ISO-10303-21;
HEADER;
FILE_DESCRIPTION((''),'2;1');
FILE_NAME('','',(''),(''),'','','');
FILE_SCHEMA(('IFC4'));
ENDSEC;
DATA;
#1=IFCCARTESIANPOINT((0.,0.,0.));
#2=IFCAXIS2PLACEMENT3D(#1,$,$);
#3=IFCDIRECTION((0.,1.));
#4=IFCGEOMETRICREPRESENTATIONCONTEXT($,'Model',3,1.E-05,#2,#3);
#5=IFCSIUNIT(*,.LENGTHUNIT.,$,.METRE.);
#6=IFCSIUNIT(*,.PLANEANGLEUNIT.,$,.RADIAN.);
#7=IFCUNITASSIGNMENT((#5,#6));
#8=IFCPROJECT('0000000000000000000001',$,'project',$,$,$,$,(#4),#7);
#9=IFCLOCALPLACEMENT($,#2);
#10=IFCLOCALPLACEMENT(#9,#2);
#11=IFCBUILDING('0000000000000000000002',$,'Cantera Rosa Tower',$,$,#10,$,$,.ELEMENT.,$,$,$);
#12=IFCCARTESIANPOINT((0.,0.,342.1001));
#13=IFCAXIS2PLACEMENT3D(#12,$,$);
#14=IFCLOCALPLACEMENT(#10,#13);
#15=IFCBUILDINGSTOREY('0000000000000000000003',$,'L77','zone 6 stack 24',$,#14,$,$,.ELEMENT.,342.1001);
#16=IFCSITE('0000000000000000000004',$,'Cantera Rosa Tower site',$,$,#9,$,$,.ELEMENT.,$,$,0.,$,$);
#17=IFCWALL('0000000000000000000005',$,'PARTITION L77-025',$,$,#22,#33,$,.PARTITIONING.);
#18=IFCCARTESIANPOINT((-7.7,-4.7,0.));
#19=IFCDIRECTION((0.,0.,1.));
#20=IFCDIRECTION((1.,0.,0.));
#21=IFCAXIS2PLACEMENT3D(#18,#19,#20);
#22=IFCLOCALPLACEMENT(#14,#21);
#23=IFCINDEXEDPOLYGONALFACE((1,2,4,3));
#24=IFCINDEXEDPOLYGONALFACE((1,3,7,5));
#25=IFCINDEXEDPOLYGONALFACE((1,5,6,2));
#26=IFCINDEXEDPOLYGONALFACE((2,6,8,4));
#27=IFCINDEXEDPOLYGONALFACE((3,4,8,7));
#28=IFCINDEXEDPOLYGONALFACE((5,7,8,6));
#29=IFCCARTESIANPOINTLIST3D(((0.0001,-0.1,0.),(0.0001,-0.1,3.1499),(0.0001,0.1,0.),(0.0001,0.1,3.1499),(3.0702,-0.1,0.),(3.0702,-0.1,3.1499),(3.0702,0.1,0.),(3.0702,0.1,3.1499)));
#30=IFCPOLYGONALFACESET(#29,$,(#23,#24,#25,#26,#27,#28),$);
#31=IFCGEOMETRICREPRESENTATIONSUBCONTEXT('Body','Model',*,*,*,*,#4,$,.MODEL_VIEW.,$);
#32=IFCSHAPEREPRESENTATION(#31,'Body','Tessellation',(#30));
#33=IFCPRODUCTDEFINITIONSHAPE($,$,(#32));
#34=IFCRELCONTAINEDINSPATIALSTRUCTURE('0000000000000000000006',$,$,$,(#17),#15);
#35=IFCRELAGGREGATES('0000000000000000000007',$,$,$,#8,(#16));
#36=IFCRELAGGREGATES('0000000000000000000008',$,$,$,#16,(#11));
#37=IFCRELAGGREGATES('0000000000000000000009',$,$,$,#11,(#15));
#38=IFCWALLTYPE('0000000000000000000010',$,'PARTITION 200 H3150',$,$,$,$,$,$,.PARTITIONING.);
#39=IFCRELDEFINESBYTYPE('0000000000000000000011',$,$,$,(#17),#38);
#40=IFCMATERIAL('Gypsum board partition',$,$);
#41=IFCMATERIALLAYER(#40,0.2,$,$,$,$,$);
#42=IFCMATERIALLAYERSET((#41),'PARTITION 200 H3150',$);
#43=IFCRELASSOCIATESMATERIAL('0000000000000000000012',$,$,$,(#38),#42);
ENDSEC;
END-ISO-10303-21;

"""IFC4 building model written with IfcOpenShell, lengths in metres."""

from ifc_helpers import new_model, si_unit, direction, frame, frame_2d, origin, place, context, subcontext, project, spatial, rectangle, extrude, material, layer, layer_set, type_object, element, save


model = new_model("IFC4")

# Units and contexts
model_context = context("Model", 3, precision=1e-05, world=origin(), true_north=direction((0.0, 1.0)))
body_context = subcontext(model_context, "Body", "Model", "MODEL_VIEW")
ifc_project = project(units=[si_unit("LENGTHUNIT", "METRE"), si_unit("PLANEANGLEUNIT", "RADIAN")], contexts=[model_context])

# Site, building, storey
site_placement = place(None, origin())
site = spatial("IfcSite", under=ifc_project, at=site_placement, Name="Cantera Rosa Tower site", CompositionType="ELEMENT", RefElevation=0.0)
building_placement = place(site_placement, origin())
building = spatial("IfcBuilding", under=site, at=building_placement, Name="Cantera Rosa Tower", CompositionType="ELEMENT")
storey_placement = place(building_placement, frame((0.0, 0.0, 342.1001)))
storey = spatial("IfcBuildingStorey", under=building, at=storey_placement, Name="L77", Description="zone 6 stack 24", CompositionType="ELEMENT", Elevation=342.1001)

# Wall
ifc_material_1 = material(Name="Gypsum board partition")
ifc_layer_1 = layer(ifc_material_1, 0.2)
ifc_layer_set_1 = layer_set([ifc_layer_1], Name="PARTITION 200 H3150")
wall_type_1 = type_object("IfcWallType", Name="PARTITION 200 H3150", PredefinedType="PARTITIONING", material=ifc_layer_set_1)
wall_1_placement = place(storey_placement, frame((-7.7, -4.7, 0.0), z_axis=(0.0, 0.0, 1.0), x_axis=(1.0, 0.0, 0.0)))
element("IfcWall", 1, at=wall_1_placement, inside=storey, type_object=wall_type_1, Name="PARTITION L77-025", PredefinedType="PARTITIONING", context=body_context, shape_type="SweptSolid", body=[
    extrude(rectangle(XDim=3.0701, YDim=0.2, at=frame_2d((1.5352, 0.0))), origin(), (0.0, 0.0, 1.0), 3.1499),
])

save(model, "model.ifc")
